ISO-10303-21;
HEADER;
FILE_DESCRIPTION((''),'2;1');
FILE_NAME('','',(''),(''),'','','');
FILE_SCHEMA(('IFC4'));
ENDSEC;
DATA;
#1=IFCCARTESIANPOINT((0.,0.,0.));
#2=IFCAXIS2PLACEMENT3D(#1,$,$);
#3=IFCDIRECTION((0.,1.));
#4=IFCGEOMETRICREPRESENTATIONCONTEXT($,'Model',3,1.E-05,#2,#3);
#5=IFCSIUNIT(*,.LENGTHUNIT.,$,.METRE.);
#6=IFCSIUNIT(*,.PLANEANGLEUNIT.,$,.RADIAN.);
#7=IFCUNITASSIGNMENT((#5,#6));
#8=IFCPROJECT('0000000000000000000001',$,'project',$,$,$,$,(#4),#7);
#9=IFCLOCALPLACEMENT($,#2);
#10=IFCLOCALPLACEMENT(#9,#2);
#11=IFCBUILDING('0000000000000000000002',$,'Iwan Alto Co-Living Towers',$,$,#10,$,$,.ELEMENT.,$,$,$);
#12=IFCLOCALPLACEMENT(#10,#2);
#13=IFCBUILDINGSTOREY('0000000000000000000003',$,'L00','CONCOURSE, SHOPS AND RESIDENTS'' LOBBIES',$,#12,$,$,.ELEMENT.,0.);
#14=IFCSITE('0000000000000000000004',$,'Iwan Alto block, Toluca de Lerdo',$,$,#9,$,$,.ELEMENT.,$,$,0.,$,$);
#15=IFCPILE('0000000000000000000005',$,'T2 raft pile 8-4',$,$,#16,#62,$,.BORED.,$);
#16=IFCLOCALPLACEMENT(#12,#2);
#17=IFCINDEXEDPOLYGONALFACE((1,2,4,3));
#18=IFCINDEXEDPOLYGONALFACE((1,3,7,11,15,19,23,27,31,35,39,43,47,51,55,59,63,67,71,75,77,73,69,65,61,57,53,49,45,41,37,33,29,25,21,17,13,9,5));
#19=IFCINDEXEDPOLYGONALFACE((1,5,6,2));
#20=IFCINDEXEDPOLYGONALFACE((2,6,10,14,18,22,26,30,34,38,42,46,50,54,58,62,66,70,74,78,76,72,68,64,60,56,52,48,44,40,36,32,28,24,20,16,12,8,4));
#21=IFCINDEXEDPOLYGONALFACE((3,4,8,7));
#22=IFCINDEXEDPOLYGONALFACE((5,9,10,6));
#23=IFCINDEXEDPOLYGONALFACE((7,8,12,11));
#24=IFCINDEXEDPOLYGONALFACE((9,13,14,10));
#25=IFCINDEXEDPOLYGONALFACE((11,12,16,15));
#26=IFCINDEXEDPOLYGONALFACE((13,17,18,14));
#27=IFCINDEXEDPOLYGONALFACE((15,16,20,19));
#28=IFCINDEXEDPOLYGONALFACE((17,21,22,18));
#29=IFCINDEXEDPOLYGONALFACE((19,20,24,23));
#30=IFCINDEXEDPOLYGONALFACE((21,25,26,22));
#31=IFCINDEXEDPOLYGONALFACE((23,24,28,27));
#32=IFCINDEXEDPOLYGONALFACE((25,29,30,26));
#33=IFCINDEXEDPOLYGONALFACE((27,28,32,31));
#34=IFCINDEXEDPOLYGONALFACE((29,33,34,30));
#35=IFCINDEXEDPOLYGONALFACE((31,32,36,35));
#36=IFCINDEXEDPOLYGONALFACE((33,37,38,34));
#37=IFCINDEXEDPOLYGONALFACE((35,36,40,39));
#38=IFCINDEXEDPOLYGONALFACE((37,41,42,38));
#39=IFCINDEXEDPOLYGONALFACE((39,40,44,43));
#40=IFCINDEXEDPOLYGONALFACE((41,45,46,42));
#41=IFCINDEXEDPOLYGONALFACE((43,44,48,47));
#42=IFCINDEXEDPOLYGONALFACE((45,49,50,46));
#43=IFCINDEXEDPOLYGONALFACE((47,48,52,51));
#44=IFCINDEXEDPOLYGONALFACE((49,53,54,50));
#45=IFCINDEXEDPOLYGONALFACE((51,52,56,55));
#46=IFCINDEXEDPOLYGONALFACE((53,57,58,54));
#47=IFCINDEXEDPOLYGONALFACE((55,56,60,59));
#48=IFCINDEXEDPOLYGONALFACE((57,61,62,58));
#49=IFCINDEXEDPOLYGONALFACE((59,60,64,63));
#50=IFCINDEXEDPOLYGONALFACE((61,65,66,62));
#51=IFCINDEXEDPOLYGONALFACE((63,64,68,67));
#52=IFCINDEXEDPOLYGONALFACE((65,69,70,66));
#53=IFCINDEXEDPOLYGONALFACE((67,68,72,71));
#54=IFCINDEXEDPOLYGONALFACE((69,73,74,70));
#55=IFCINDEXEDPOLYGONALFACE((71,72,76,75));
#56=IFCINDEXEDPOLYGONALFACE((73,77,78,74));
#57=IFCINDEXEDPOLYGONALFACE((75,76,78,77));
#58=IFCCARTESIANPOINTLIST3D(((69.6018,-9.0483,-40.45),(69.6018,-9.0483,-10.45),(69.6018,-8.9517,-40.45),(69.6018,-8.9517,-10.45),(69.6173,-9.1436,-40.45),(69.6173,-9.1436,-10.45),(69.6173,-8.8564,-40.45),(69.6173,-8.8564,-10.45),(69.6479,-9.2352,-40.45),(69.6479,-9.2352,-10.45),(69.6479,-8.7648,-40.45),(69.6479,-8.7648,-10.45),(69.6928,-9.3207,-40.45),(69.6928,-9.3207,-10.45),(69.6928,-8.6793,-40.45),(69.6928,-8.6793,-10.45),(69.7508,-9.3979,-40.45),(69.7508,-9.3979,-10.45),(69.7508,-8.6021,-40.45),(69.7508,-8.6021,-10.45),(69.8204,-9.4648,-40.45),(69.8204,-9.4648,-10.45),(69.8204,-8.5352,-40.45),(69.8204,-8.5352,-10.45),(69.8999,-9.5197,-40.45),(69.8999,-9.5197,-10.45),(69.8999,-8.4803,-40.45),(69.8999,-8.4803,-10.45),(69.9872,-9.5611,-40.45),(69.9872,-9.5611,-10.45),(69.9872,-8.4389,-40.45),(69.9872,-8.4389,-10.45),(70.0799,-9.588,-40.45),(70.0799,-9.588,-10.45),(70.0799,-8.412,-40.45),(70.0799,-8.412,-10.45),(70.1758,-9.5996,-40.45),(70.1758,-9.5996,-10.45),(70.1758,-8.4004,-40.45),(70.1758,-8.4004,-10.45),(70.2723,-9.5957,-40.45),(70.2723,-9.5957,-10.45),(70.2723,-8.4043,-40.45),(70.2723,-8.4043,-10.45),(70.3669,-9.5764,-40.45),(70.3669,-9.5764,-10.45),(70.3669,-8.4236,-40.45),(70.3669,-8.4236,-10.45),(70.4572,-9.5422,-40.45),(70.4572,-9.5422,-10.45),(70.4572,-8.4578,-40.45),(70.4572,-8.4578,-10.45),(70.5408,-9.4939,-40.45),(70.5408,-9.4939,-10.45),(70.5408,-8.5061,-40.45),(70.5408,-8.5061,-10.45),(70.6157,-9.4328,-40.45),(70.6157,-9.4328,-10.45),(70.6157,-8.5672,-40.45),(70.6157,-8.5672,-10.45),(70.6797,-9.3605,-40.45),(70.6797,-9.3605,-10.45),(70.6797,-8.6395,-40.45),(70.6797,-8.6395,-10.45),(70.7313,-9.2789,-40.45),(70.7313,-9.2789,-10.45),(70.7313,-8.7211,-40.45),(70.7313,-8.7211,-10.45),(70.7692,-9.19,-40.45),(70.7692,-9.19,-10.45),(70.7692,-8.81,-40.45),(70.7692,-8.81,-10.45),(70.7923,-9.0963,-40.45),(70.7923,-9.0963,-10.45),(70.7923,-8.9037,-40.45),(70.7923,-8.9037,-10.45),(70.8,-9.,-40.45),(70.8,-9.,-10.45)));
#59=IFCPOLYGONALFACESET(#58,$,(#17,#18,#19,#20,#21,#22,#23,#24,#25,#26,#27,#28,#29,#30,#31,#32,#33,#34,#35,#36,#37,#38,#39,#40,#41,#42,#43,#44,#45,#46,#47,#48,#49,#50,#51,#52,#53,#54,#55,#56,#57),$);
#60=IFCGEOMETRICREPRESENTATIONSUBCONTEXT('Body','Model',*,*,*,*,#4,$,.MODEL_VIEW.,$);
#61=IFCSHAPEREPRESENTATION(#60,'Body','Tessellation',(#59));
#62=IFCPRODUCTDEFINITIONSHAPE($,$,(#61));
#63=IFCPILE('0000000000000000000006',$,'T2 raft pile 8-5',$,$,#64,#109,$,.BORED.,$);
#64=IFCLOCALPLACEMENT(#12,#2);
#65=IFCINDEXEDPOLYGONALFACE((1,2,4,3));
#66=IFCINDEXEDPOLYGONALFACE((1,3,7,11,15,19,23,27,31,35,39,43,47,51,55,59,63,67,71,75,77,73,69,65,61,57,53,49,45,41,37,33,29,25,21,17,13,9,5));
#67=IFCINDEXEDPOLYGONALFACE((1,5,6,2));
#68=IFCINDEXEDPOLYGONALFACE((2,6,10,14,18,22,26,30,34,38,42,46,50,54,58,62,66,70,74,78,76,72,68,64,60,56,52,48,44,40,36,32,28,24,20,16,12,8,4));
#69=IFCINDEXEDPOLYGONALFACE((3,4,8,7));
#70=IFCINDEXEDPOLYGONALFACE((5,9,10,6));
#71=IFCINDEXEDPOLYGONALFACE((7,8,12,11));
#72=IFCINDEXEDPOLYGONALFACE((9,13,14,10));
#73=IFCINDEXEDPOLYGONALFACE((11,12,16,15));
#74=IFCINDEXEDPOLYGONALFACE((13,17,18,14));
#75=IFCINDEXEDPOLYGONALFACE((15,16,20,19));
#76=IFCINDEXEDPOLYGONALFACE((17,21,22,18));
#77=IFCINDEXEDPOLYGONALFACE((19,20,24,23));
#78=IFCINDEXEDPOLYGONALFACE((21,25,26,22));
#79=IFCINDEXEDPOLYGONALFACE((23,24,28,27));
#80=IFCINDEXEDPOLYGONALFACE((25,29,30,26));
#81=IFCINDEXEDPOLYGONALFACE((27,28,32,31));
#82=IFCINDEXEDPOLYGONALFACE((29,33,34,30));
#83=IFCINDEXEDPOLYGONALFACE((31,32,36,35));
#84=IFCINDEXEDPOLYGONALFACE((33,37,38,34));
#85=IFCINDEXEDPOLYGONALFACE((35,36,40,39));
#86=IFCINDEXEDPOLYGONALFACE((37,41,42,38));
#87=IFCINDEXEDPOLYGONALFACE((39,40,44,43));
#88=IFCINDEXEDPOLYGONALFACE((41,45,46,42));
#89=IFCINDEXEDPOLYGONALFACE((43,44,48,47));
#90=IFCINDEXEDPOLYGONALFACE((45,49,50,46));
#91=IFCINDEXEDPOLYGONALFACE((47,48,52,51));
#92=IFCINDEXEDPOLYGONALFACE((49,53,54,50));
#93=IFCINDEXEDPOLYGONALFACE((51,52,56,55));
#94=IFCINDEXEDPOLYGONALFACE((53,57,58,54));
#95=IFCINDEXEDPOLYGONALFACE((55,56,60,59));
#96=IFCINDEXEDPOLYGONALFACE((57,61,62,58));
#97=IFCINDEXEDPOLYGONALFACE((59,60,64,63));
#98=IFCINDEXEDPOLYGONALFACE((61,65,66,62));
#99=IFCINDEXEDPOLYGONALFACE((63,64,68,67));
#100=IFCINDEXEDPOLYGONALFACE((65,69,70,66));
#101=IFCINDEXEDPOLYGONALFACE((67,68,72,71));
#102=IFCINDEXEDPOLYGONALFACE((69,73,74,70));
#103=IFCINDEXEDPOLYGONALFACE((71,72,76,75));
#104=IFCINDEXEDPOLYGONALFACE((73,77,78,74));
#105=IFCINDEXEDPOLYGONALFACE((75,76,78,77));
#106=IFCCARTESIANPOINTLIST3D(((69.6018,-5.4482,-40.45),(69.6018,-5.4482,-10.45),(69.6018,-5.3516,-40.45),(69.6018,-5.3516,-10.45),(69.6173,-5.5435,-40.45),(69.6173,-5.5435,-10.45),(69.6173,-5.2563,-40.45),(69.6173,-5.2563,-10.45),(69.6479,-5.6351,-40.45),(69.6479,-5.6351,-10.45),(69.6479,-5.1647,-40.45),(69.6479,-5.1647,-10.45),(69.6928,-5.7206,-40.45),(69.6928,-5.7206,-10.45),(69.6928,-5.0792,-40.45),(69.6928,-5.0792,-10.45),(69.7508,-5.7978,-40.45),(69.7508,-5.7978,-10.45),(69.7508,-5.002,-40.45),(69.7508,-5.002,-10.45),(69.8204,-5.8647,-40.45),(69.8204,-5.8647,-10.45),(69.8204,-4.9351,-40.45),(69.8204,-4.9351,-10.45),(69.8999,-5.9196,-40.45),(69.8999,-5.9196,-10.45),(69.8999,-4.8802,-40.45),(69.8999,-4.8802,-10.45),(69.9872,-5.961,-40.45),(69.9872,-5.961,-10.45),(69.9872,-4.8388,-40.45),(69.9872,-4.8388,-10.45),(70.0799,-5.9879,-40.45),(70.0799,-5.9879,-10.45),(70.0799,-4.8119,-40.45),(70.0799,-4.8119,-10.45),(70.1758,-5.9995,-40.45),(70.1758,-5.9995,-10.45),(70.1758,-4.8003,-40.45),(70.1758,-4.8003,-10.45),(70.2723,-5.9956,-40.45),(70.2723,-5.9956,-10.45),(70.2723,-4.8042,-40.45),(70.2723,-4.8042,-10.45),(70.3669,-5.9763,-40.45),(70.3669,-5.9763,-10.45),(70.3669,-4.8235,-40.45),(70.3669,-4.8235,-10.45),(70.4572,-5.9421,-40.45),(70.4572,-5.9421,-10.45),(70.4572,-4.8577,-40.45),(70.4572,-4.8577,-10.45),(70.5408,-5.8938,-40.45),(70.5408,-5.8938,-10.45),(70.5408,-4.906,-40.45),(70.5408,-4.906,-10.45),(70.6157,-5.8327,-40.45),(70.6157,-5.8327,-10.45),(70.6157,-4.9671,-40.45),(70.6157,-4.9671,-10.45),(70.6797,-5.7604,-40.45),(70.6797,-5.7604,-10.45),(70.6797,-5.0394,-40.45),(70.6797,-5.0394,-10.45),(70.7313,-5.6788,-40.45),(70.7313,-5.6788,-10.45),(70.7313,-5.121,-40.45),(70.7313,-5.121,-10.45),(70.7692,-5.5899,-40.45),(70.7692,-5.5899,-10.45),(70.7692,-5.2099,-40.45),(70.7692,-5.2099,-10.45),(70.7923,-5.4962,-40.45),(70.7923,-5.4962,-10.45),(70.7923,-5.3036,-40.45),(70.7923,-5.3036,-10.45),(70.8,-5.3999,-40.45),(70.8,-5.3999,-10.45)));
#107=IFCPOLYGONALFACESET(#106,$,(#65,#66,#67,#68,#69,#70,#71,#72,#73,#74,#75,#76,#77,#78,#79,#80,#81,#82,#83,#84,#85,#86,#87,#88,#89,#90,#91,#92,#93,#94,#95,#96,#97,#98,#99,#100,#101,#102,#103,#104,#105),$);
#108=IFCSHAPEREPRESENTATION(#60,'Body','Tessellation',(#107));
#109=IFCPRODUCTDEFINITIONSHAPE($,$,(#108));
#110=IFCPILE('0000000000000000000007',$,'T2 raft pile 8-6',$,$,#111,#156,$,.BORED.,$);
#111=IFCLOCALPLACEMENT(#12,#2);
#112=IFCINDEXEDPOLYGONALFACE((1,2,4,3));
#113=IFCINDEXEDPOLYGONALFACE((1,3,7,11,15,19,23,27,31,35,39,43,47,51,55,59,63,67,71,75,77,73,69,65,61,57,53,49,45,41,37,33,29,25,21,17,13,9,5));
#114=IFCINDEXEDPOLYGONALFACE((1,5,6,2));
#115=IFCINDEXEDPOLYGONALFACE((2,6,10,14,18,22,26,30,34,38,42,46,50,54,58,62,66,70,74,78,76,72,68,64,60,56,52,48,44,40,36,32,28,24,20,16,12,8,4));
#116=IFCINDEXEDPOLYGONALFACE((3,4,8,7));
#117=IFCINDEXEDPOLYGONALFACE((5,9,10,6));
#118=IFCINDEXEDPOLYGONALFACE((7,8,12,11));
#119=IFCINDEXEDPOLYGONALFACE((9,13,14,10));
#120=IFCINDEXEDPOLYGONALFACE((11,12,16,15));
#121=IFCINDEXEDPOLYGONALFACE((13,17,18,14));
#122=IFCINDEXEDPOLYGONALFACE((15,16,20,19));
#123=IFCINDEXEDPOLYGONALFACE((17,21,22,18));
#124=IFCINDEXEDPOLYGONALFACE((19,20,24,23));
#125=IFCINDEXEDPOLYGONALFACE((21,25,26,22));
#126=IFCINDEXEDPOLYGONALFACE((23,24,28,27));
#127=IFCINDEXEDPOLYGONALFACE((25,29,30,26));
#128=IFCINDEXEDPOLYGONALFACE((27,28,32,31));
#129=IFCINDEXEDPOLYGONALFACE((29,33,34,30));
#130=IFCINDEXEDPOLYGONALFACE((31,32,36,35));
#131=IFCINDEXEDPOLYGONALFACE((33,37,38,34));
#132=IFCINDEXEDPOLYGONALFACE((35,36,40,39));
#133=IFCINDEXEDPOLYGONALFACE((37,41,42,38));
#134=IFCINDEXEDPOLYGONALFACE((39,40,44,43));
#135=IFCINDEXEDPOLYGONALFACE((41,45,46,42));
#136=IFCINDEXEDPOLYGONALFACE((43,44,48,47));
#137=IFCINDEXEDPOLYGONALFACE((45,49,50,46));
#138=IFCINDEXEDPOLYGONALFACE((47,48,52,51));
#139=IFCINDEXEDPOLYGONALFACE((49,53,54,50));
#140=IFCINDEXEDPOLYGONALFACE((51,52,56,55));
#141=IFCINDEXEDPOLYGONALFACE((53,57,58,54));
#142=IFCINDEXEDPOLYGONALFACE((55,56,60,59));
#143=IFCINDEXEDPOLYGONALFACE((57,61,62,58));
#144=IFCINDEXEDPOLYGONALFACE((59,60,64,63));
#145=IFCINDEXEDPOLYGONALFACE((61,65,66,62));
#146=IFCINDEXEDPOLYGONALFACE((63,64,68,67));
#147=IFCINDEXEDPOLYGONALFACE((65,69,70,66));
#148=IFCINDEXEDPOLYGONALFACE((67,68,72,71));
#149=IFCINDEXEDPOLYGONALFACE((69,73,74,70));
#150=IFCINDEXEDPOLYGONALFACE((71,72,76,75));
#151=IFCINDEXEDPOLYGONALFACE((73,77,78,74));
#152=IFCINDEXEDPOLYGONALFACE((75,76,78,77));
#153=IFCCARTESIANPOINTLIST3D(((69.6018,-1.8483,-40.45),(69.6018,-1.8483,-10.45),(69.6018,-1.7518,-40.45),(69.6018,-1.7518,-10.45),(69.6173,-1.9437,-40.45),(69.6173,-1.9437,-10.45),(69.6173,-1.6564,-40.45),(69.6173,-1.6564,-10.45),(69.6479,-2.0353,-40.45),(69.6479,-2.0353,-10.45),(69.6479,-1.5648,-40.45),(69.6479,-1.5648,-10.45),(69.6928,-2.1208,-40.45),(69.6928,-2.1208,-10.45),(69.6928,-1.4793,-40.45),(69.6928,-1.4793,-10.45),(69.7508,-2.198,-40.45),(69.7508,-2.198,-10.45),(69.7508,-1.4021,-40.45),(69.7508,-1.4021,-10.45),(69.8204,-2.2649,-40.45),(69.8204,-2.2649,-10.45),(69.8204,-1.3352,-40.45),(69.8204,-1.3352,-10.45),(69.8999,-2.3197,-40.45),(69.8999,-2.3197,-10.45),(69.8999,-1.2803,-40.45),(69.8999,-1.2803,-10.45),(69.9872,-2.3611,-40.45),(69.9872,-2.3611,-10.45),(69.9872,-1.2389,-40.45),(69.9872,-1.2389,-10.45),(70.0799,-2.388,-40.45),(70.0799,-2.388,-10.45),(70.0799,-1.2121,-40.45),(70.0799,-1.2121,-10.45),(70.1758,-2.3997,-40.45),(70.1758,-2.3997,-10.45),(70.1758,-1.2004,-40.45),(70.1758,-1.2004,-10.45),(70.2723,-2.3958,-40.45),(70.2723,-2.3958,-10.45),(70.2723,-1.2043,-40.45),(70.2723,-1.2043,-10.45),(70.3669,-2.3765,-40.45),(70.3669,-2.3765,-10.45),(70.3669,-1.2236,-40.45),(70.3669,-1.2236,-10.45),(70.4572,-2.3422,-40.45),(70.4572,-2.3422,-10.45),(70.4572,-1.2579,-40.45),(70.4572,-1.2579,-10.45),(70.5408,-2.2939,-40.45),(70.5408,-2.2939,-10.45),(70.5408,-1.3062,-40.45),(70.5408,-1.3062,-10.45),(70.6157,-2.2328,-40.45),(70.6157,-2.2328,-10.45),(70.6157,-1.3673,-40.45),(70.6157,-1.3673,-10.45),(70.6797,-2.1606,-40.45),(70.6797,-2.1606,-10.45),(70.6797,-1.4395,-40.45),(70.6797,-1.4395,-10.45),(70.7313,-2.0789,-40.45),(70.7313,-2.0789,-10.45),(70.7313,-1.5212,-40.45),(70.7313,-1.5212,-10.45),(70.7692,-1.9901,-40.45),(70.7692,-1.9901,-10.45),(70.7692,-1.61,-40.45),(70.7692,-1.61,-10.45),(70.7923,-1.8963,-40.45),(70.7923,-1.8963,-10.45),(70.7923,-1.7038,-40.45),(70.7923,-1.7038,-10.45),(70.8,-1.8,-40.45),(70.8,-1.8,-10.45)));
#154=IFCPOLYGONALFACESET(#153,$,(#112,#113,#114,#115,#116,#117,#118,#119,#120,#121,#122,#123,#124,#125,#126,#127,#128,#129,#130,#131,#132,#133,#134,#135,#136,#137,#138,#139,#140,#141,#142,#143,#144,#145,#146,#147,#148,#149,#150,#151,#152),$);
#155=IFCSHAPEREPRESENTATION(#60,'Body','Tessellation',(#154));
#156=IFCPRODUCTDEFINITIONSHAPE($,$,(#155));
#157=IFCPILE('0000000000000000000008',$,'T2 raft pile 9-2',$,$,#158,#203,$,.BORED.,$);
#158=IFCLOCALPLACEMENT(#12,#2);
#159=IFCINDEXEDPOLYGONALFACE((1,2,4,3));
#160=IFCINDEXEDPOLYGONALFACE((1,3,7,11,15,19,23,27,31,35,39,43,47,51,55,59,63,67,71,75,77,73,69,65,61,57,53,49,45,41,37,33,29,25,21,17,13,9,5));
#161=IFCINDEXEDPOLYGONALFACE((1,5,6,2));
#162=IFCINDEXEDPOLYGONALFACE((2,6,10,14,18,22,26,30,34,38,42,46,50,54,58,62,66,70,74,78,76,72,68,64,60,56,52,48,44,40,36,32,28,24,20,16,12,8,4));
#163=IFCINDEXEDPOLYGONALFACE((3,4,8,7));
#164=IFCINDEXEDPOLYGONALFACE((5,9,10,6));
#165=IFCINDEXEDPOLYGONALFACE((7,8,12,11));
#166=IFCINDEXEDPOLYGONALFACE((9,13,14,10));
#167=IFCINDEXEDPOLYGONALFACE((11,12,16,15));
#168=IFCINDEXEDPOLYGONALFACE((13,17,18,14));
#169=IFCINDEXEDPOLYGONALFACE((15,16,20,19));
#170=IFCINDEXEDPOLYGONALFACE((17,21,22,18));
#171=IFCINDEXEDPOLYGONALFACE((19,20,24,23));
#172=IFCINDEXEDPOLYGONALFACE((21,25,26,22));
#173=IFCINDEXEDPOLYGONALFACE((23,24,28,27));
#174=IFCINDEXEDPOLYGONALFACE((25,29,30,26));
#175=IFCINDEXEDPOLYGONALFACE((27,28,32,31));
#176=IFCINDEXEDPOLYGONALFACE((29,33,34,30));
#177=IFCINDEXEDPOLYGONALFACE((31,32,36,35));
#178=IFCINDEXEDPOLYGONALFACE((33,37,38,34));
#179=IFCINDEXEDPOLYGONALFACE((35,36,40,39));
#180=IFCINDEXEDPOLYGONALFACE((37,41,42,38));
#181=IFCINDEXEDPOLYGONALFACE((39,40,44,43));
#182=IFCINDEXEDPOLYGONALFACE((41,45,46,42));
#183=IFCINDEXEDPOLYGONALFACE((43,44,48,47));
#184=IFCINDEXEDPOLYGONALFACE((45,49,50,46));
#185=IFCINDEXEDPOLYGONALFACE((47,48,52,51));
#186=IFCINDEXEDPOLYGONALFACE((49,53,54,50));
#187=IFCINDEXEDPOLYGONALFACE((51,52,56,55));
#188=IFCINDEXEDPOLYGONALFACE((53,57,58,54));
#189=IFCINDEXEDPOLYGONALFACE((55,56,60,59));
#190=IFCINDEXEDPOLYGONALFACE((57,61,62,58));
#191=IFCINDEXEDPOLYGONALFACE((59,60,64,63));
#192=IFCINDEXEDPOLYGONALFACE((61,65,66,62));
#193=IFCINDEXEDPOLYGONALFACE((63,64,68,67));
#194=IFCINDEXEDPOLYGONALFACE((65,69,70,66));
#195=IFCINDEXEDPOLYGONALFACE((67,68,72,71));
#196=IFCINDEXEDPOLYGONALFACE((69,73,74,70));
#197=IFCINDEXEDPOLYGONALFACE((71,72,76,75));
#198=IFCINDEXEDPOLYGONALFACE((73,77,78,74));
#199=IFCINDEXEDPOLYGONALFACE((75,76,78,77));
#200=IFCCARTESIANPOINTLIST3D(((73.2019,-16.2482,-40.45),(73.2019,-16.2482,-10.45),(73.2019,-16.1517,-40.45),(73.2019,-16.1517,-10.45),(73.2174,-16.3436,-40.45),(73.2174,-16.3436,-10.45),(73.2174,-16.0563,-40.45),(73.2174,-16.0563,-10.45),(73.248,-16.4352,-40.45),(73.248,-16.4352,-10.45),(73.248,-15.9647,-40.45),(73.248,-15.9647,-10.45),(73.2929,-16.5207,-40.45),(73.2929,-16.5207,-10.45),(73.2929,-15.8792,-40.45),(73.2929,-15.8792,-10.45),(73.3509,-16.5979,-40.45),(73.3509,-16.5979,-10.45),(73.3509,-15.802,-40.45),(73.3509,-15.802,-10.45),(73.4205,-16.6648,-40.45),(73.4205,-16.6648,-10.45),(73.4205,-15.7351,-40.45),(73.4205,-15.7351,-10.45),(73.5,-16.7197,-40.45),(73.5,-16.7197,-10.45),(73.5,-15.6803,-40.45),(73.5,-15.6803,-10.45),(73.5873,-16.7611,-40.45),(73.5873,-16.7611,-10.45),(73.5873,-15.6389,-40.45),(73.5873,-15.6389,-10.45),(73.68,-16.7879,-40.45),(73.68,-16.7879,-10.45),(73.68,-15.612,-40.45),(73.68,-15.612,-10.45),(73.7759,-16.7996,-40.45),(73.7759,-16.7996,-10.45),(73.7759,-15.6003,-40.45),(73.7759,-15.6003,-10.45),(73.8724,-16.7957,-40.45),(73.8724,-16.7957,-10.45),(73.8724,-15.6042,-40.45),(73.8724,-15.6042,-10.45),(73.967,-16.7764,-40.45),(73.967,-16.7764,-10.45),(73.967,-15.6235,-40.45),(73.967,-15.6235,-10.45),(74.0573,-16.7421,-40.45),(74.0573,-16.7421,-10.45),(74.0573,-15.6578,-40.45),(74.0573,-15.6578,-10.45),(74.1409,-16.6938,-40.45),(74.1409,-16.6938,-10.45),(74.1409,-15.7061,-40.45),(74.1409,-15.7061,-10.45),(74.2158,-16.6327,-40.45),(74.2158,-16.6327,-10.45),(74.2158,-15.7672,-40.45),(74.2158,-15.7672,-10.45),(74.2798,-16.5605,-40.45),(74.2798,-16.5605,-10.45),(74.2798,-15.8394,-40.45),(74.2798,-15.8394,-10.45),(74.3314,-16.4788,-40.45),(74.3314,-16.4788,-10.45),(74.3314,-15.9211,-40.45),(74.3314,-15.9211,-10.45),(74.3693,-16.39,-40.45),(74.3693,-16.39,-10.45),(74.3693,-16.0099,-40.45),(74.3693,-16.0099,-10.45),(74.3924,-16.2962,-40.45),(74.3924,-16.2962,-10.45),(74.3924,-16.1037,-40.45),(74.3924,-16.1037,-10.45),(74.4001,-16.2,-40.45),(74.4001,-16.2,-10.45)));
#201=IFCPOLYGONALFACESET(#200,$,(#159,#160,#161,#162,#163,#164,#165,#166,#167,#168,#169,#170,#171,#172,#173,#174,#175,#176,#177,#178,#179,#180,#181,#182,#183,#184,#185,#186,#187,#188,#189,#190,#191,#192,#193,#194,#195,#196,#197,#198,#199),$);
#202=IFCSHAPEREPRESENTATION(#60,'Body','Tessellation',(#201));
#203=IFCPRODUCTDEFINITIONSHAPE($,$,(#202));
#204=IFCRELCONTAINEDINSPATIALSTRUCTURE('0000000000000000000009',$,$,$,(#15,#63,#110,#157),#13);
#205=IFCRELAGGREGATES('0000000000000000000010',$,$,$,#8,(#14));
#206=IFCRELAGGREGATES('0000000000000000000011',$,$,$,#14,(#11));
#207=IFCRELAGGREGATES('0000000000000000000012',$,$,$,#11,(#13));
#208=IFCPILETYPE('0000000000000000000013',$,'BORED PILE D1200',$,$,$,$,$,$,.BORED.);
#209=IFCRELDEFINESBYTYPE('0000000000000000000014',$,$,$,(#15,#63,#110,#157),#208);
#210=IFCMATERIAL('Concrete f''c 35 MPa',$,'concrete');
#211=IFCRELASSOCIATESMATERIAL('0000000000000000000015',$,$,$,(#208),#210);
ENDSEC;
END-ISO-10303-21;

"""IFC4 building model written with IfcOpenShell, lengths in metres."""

from ifc_helpers import new_model, si_unit, direction, frame, origin, origin_2d, place, context, subcontext, project, spatial, circle, extrude, material, material_profile, profile_set, type_object, element, save


model = new_model("IFC4")

# Units and contexts
model_context = context("Model", 3, precision=1e-05, world=origin(), true_north=direction((0.0, 1.0)))
body_context = subcontext(model_context, "Body", "Model", "MODEL_VIEW")
ifc_project = project(units=[si_unit("LENGTHUNIT", "METRE"), si_unit("PLANEANGLEUNIT", "RADIAN")], contexts=[model_context])

# Site, building, storey
site_placement = place(None, origin())
site = spatial("IfcSite", under=ifc_project, at=site_placement, Name="Iwan Alto block, Toluca de Lerdo", CompositionType="ELEMENT", RefElevation=0.0)
building_placement = place(site_placement, origin())
building = spatial("IfcBuilding", under=site, at=building_placement, Name="Iwan Alto Co-Living Towers", CompositionType="ELEMENT")
storey_placement = place(building_placement, origin())
storey = spatial("IfcBuildingStorey", under=building, at=storey_placement, Name="L00", Description="CONCOURSE, SHOPS AND RESIDENTS' LOBBIES", CompositionType="ELEMENT", Elevation=0.0)

# Piles
ifc_material_1 = material(Name="Concrete f'c 35 MPa", Category="concrete")
ifc_material_profile = material_profile(ifc_material_1, circle(Radius=0.6001, at=origin_2d()), Name="D1200")
ifc_profile_set = profile_set([ifc_material_profile], Name="Concrete f'c 35 MPa")
pile_type = type_object("IfcPileType", Name="BORED PILE D1200", PredefinedType="BORED", material=ifc_profile_set)
for number, where, z_axis, x_axis, name in (
    (1, (70.2, -9.0, -10.45), (0.0, 0.0, -1.0), (1.0, 0.0, 0.0), "T2 raft pile 8-4"),
    (2, (70.2, -5.3999, -10.45), (0.0, 0.0, -1.0), (1.0, 0.0, 0.0), "T2 raft pile 8-5"),
    (3, (70.2, -1.8, -10.45), (0.0, 0.0, -1.0), (1.0, 0.0, 0.0), "T2 raft pile 8-6"),
    (4, (73.8, -16.2, -10.45), (0.0, 0.0, -1.0), (1.0, 0.0, 0.0), "T2 raft pile 9-2"),
):
    element("IfcPile", number, at=place(storey_placement, frame(where, z_axis=z_axis, x_axis=x_axis)), inside=storey, type_object=pile_type, Name=name, PredefinedType="BORED", context=body_context, shape_type="SweptSolid", body=[
        extrude(circle(Radius=0.6001, at=origin_2d()), origin(), (0.0, 0.0, 1.0), 30.0),
    ])

save(model, "model.ifc")
